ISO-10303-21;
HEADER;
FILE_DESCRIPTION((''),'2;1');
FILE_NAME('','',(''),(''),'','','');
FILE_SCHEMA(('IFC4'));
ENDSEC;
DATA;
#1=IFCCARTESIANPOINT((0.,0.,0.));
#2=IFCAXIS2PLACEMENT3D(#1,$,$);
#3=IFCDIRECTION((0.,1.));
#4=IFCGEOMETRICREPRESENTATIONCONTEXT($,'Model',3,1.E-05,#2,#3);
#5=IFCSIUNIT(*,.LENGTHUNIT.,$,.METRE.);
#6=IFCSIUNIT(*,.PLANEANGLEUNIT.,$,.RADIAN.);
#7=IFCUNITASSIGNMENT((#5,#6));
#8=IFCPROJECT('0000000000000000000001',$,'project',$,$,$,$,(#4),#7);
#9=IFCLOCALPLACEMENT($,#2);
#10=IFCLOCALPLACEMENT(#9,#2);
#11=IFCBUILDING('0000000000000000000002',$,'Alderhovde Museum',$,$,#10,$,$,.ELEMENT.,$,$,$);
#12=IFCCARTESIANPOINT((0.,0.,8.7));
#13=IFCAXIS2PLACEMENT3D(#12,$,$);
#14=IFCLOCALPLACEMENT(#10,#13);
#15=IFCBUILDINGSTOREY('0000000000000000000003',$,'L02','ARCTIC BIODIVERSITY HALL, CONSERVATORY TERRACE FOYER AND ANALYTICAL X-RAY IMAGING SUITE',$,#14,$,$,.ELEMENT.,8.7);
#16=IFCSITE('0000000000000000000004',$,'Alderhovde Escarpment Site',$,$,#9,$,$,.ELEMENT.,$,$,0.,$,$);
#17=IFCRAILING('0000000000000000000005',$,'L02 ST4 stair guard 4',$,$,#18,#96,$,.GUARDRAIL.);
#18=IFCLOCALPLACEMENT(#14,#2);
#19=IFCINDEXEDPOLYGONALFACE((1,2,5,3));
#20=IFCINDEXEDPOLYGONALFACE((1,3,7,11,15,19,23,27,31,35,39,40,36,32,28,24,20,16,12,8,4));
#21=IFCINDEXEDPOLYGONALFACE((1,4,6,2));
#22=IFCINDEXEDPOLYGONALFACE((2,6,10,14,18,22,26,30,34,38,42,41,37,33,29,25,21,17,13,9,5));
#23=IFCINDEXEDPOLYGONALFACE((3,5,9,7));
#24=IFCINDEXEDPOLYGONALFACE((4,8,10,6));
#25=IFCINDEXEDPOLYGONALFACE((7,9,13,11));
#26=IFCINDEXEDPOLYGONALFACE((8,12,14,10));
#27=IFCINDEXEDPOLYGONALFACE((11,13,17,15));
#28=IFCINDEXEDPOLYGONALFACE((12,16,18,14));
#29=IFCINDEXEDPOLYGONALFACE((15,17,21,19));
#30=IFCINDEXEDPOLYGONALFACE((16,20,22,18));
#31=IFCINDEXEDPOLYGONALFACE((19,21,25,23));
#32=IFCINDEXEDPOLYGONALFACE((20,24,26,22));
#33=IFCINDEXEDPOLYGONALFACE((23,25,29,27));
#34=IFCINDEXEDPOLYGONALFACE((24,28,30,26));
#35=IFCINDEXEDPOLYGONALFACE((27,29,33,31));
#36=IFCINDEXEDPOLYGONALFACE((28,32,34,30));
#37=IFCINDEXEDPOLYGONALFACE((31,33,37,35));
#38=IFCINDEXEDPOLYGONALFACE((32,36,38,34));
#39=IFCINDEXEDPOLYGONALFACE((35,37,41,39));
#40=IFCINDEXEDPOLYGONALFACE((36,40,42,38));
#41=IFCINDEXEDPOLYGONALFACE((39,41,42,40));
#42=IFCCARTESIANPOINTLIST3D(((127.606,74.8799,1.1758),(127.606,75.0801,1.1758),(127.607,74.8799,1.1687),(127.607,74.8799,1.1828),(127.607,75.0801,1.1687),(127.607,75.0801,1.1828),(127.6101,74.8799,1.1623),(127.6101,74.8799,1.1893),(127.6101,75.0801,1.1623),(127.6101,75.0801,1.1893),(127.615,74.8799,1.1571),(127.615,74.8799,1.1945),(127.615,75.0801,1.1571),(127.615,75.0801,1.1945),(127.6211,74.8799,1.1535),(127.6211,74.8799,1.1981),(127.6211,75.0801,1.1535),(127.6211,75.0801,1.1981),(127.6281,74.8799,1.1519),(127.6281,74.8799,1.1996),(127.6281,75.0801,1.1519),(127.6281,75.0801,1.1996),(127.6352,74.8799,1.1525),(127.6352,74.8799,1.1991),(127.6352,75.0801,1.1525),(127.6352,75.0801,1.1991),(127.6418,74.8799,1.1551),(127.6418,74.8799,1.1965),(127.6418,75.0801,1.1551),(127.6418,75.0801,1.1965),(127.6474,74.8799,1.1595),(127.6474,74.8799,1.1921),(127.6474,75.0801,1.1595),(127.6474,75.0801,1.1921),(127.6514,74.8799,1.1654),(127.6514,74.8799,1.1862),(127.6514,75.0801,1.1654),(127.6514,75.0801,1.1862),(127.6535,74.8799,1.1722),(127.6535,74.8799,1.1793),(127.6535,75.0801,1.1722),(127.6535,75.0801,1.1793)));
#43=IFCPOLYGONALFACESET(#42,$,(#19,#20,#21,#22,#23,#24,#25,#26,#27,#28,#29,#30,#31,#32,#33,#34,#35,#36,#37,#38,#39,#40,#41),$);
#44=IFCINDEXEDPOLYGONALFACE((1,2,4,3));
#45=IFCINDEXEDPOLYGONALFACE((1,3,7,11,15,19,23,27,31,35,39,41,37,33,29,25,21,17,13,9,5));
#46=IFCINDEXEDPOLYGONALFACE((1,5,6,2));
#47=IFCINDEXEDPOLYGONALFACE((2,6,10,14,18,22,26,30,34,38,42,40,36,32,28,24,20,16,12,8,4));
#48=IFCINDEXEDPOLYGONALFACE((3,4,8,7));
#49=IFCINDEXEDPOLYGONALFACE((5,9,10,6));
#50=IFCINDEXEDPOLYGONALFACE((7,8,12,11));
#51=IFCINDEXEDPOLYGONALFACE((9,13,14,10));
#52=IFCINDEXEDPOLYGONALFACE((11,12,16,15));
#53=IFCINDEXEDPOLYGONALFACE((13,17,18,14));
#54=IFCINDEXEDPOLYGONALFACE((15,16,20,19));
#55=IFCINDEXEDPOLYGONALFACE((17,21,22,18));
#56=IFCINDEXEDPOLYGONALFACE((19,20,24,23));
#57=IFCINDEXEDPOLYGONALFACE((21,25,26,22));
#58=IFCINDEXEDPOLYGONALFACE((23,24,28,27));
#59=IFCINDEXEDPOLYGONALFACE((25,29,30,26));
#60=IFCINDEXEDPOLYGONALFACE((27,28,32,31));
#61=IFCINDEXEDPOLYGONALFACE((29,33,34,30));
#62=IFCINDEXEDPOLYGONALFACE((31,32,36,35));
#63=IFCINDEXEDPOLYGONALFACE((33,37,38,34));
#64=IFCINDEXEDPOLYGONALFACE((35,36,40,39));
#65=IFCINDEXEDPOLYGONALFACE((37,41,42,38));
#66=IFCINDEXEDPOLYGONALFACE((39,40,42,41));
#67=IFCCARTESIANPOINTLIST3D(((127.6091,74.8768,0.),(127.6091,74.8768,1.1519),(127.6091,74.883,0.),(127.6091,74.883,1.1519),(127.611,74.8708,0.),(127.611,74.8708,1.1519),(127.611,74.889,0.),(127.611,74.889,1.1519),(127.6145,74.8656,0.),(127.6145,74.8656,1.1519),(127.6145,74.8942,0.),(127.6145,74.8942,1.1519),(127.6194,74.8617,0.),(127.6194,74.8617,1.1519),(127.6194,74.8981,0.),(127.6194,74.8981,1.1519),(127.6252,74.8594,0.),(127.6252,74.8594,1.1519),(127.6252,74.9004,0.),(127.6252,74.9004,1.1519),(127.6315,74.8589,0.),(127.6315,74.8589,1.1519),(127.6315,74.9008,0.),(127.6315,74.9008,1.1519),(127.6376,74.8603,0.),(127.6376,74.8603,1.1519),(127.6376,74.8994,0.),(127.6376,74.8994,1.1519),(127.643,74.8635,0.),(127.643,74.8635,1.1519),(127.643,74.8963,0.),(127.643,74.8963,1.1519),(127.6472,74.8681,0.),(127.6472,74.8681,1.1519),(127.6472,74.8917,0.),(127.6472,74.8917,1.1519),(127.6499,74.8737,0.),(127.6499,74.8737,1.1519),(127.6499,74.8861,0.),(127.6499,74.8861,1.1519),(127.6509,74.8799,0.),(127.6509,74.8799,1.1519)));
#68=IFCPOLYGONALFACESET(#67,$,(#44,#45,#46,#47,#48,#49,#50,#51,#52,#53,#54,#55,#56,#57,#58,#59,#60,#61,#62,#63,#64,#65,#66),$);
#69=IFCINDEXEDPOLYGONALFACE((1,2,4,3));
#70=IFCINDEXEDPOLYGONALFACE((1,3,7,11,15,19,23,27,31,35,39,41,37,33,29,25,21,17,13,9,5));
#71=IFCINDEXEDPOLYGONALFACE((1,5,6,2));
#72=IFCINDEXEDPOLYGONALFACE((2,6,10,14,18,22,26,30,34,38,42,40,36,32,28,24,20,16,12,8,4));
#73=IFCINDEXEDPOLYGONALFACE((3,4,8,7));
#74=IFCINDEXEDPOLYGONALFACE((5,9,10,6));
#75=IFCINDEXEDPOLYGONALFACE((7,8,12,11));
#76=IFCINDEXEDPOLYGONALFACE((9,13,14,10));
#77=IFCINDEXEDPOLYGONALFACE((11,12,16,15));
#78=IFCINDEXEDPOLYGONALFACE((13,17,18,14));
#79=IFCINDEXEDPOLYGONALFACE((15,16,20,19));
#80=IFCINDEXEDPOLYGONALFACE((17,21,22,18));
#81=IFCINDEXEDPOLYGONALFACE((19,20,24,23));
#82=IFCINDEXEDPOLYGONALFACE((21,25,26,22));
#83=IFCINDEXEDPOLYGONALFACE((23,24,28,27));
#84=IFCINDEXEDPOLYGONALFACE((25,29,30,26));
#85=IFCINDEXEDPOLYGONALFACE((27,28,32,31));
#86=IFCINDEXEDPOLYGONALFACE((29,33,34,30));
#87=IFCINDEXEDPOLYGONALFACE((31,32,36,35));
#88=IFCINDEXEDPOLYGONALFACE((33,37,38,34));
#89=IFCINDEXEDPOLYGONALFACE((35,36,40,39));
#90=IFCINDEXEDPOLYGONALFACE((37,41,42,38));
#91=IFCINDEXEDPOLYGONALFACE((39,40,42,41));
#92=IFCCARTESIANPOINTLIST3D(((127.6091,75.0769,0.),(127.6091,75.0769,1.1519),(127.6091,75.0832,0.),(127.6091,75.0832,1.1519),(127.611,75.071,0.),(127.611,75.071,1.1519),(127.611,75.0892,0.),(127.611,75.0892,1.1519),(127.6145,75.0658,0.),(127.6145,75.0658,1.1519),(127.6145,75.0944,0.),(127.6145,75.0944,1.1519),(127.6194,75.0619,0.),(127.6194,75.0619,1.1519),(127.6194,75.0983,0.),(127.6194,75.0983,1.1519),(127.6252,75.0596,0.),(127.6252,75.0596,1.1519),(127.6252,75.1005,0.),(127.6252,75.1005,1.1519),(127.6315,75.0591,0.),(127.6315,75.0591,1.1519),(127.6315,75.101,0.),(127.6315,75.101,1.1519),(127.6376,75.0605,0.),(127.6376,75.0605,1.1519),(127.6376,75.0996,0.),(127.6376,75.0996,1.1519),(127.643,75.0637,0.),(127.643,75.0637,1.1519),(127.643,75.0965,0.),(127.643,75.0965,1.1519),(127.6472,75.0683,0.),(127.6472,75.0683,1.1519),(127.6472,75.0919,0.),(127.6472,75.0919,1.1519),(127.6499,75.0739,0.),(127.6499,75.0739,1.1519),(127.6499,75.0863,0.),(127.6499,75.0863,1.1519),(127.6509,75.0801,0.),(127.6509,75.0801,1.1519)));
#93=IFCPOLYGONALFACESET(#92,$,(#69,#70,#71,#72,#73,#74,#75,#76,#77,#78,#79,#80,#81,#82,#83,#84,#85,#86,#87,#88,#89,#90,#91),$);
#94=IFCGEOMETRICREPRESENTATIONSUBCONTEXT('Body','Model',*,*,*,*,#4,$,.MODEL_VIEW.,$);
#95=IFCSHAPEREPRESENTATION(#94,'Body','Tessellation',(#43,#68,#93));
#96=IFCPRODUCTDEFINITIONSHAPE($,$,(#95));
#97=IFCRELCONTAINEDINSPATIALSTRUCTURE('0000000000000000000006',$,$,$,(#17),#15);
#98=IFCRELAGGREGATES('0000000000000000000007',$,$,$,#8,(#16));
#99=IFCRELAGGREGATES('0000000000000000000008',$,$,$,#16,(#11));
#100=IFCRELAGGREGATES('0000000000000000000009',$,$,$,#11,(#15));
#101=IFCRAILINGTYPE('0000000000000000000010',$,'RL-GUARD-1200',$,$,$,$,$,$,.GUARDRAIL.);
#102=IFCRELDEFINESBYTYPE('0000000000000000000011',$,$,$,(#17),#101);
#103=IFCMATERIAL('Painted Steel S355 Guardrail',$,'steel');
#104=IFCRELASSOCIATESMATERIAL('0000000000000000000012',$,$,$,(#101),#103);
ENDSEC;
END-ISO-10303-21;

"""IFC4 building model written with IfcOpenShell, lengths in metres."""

from ifc_helpers import new_model, si_unit, direction, frame, origin, origin_2d, place, context, subcontext, project, spatial, circle, extrude, material, type_object, element, save


model = new_model("IFC4")

# Units and contexts
model_context = context("Model", 3, precision=1e-05, world=origin(), true_north=direction((0.0, 1.0)))
body_context = subcontext(model_context, "Body", "Model", "MODEL_VIEW")
ifc_project = project(units=[si_unit("LENGTHUNIT", "METRE"), si_unit("PLANEANGLEUNIT", "RADIAN")], contexts=[model_context])

# Site, building, storey
site_placement = place(None, origin())
site = spatial("IfcSite", under=ifc_project, at=site_placement, Name="Alderhovde Escarpment Site", CompositionType="ELEMENT", RefElevation=0.0)
building_placement = place(site_placement, origin())
building = spatial("IfcBuilding", under=site, at=building_placement, Name="Alderhovde Museum", CompositionType="ELEMENT")
storey_placement = place(building_placement, frame((0.0, 0.0, 8.7)))
storey = spatial("IfcBuildingStorey", under=building, at=storey_placement, Name="L02", Description="ARCTIC BIODIVERSITY HALL, CONSERVATORY TERRACE FOYER AND ANALYTICAL X-RAY IMAGING SUITE", CompositionType="ELEMENT", Elevation=8.7)

# Railing
ifc_material_1 = material(Name="Painted Steel S355 Guardrail", Category="steel")
railing_type_1 = type_object("IfcRailingType", Name="RL-GUARD-1200", PredefinedType="GUARDRAIL", material=ifc_material_1)
railing_1_placement = place(storey_placement, frame((127.6299, 74.8799, 0.0)))
element("IfcRailing", 1, at=railing_1_placement, inside=storey, type_object=railing_type_1, Name="L02 ST4 stair guard 4", PredefinedType="GUARDRAIL", context=body_context, shape_type="SweptSolid", body=[
    extrude(circle(Radius=0.0239, at=origin_2d()), frame((0.0, 0.0, 1.1758), z_axis=(0.0, 1.0, 0.0), x_axis=(-1.0, 0.0, 0.0)), (0.0, 0.0, 1.0), 0.2002),
    extrude(circle(Radius=0.021, at=origin_2d()), origin(), (0.0, 0.0, 1.0), 1.1519),
    extrude(circle(Radius=0.021, at=origin_2d()), frame((0.0, 0.2002, 0.0)), (0.0, 0.0, 1.0), 1.1519),
])

save(model, "model.ifc")
